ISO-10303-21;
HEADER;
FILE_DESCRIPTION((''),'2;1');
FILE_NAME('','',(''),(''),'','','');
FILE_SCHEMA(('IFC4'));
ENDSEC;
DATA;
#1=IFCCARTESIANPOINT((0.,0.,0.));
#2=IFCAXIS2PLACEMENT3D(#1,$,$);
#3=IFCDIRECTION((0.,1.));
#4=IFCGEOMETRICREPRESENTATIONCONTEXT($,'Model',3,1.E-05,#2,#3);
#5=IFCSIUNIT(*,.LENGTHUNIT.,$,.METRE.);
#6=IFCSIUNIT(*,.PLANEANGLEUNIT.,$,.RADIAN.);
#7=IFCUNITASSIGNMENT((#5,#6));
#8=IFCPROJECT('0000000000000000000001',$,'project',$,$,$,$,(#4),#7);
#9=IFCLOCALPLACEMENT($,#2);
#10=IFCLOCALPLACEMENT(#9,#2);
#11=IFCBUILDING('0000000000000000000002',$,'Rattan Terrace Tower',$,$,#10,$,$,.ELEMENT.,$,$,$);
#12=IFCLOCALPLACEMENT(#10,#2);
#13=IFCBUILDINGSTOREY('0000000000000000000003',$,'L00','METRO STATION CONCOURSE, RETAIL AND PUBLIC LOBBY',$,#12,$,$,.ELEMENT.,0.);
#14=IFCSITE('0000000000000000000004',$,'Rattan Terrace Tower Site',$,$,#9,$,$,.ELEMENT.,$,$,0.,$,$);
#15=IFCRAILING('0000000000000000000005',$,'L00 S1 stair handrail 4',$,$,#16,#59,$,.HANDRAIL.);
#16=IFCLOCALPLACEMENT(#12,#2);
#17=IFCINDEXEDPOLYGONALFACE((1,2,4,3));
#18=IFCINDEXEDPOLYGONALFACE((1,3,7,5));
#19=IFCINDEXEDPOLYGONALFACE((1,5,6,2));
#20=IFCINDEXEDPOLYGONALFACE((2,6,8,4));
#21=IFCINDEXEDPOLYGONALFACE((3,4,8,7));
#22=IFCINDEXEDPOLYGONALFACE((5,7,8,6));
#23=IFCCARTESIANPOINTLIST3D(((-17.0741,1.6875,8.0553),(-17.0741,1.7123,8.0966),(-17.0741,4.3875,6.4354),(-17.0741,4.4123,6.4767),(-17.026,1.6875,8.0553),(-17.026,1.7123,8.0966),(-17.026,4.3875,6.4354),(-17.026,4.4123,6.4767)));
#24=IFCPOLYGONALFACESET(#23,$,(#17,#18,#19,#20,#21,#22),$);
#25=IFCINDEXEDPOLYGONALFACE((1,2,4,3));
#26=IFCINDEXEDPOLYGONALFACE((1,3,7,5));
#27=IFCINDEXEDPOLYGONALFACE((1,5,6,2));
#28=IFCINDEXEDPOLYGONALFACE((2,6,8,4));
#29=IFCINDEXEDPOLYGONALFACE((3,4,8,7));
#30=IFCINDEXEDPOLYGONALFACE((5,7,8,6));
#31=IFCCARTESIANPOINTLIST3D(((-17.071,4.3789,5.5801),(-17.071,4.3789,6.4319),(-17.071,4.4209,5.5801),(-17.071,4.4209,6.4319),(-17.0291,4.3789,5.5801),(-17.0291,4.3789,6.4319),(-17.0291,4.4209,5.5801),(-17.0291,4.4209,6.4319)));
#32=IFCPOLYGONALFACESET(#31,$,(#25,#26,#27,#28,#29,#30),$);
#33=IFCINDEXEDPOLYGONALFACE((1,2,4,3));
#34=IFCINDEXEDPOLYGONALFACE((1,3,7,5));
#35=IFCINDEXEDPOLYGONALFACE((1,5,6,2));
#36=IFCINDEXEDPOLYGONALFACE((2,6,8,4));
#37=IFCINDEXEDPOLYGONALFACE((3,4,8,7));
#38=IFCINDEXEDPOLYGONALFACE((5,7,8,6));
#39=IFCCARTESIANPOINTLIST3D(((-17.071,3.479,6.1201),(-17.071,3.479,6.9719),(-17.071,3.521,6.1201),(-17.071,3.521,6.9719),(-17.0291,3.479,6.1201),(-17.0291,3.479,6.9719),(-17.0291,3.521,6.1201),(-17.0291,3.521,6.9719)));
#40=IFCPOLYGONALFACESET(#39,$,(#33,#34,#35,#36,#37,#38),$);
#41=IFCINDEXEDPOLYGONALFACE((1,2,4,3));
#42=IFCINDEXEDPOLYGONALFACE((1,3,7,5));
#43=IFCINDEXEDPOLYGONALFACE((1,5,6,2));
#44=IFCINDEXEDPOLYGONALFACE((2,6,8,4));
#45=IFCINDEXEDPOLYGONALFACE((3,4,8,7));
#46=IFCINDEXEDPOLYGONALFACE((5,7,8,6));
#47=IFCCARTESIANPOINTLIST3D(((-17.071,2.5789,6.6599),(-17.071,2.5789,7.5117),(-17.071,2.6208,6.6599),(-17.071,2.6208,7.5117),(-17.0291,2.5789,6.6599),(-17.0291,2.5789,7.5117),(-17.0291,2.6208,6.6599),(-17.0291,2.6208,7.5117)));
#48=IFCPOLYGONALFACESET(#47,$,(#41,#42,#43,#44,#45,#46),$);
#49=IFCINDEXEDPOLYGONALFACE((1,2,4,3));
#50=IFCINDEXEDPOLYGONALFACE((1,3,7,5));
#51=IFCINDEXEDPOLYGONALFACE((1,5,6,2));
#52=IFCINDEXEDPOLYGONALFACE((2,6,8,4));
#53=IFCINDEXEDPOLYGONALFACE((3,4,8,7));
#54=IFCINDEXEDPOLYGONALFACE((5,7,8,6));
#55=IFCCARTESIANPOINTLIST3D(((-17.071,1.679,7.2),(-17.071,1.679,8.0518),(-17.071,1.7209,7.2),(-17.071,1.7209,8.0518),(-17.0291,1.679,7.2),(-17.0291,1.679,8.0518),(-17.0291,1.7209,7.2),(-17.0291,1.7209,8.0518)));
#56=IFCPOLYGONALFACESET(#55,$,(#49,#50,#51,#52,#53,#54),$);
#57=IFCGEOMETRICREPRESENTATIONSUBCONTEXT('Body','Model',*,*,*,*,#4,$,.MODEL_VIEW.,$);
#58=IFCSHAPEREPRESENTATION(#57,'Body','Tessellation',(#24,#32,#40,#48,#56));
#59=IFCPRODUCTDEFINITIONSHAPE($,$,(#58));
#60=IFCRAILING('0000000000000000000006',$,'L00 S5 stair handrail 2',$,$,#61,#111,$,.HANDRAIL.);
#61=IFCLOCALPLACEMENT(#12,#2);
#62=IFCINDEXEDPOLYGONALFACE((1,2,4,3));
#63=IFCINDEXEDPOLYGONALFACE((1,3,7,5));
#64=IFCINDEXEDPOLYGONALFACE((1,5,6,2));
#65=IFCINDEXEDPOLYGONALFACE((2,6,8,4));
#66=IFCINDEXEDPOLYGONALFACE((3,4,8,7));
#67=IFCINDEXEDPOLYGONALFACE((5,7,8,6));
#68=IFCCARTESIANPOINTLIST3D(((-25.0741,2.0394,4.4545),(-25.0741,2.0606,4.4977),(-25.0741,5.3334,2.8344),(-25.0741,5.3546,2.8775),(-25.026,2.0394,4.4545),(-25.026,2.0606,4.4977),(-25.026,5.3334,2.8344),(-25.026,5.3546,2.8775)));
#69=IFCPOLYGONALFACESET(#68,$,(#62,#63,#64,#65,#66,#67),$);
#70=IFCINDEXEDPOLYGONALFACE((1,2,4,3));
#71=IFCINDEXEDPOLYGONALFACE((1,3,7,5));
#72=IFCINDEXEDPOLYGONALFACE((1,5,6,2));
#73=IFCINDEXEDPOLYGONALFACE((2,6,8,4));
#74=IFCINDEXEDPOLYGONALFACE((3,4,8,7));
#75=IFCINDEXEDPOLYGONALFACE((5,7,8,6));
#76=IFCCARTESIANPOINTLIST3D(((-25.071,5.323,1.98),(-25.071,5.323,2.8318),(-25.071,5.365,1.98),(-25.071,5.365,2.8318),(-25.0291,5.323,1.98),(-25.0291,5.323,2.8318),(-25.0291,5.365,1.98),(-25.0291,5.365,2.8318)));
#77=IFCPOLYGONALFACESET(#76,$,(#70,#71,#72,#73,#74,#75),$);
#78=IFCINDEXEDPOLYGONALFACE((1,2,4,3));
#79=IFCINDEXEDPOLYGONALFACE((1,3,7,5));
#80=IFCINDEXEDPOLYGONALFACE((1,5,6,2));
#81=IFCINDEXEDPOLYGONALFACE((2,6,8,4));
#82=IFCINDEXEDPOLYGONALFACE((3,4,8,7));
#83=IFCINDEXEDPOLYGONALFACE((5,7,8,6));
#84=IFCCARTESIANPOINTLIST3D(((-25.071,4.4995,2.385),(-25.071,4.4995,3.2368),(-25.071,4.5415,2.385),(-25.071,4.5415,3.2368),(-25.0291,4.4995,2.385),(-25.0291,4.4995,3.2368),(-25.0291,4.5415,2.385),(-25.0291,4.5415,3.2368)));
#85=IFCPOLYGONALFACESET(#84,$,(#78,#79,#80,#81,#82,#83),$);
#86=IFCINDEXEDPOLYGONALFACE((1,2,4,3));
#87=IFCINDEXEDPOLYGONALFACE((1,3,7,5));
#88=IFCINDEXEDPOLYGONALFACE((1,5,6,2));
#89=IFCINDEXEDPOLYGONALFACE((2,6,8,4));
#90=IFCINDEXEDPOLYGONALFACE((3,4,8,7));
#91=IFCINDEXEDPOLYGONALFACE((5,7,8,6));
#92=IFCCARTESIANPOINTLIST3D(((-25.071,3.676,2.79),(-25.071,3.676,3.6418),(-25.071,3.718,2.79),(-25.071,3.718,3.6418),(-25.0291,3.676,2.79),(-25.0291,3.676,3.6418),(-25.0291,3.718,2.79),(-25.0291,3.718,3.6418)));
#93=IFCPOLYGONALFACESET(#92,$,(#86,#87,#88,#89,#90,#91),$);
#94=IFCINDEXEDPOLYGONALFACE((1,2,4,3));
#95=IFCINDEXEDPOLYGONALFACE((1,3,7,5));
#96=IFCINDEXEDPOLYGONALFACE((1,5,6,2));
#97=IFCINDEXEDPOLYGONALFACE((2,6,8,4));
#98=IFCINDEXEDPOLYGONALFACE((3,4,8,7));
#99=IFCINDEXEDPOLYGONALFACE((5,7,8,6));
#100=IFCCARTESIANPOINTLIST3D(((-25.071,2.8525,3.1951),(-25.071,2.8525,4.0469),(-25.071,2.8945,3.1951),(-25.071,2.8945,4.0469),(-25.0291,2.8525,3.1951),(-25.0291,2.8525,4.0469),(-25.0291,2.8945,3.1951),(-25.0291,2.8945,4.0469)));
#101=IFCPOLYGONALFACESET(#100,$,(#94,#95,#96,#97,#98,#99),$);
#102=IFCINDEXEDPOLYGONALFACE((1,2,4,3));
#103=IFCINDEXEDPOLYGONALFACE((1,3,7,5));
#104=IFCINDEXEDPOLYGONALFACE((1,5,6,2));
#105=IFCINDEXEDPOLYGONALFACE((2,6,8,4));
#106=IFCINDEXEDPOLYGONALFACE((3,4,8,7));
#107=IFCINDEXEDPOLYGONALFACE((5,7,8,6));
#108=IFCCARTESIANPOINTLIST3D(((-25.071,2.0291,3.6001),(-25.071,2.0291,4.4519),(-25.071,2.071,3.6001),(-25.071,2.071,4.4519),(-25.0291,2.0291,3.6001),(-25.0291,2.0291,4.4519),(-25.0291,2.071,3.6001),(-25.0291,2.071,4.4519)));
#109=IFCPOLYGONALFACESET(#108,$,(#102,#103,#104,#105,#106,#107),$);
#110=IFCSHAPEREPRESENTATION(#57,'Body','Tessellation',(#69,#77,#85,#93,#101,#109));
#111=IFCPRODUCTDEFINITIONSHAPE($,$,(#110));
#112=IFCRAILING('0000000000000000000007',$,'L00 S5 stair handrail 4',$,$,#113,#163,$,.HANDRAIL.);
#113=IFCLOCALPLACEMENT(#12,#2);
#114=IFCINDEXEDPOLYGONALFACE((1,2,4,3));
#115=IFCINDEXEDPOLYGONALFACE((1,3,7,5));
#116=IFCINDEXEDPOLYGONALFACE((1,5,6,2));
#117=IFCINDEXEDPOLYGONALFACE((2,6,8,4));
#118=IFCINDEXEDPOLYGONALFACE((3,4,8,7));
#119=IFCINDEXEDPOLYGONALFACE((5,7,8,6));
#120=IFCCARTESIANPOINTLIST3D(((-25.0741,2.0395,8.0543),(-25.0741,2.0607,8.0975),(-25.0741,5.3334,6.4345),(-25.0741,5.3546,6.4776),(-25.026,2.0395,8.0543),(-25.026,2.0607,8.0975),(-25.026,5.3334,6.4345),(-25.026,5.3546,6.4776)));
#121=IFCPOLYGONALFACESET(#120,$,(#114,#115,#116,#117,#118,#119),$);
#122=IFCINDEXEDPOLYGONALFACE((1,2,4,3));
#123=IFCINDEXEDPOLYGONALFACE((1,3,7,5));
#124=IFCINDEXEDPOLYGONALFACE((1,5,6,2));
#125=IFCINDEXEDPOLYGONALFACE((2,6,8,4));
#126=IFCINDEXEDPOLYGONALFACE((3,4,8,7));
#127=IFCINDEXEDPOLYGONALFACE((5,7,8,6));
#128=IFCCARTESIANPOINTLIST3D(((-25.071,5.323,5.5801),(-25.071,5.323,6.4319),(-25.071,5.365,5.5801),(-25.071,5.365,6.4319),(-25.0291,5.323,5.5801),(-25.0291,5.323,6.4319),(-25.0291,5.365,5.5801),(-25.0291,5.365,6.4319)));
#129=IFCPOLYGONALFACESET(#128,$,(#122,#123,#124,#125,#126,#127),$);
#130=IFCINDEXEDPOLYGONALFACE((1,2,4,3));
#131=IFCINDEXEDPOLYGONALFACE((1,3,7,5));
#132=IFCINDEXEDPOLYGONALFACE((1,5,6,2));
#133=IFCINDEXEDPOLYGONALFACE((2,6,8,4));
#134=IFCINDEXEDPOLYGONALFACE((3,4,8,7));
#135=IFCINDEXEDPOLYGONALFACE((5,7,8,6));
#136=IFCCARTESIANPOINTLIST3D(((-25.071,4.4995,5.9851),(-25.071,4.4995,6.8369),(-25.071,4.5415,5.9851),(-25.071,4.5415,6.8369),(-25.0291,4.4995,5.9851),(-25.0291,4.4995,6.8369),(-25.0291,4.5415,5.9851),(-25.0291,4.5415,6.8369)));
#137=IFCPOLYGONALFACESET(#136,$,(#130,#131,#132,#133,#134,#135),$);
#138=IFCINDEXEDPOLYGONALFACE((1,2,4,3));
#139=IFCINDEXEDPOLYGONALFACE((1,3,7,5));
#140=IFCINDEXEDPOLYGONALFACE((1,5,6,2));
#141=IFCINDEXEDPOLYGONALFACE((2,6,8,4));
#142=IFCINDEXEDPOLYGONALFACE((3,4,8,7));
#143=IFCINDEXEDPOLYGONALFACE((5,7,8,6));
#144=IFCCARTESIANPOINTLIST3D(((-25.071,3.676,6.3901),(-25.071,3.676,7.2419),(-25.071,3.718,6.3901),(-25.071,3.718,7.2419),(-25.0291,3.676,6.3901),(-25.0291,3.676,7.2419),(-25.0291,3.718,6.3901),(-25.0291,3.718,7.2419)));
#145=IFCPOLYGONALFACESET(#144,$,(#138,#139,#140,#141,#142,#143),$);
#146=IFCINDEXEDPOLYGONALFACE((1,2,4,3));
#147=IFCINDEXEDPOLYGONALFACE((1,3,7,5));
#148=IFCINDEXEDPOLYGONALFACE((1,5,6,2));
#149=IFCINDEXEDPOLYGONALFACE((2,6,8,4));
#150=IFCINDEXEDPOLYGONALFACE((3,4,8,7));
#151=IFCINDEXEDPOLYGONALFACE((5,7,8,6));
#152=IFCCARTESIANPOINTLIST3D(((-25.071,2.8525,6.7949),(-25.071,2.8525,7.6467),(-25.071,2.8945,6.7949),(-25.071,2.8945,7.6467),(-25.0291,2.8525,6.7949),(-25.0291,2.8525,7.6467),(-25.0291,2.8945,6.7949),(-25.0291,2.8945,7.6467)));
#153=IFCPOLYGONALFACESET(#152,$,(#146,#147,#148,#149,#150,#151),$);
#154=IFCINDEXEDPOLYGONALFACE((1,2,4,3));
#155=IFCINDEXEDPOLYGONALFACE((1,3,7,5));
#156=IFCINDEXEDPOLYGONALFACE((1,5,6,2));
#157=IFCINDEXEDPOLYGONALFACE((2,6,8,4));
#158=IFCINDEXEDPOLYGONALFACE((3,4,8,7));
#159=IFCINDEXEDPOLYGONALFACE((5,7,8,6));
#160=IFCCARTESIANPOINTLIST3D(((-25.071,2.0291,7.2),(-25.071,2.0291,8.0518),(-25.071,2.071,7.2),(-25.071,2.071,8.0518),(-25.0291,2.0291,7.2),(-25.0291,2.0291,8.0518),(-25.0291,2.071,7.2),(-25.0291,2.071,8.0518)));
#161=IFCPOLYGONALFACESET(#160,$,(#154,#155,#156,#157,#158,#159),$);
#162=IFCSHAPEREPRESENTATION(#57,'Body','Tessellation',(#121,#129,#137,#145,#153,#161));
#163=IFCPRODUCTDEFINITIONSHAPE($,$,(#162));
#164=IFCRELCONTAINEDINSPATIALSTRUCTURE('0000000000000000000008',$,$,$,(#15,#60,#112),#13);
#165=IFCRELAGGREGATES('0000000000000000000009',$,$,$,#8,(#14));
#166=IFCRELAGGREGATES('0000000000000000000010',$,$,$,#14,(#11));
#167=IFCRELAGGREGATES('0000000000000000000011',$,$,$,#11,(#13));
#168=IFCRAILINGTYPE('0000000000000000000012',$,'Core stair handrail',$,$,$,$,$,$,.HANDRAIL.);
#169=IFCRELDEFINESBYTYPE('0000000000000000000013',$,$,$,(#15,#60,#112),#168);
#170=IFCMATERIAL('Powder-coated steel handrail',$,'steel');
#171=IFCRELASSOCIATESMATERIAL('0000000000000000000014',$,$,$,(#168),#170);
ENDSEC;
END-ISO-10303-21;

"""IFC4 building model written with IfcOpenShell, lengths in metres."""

from ifc_helpers import new_model, si_unit, direction, frame, origin, origin_2d, place, context, subcontext, project, spatial, rectangle, extrude, material, type_object, element, save


model = new_model("IFC4")

# Units and contexts
model_context = context("Model", 3, precision=1e-05, world=origin(), true_north=direction((0.0, 1.0)))
body_context = subcontext(model_context, "Body", "Model", "MODEL_VIEW")
ifc_project = project(units=[si_unit("LENGTHUNIT", "METRE"), si_unit("PLANEANGLEUNIT", "RADIAN")], contexts=[model_context])

# Site, building, storey
site_placement = place(None, origin())
site = spatial("IfcSite", under=ifc_project, at=site_placement, Name="Rattan Terrace Tower Site", CompositionType="ELEMENT", RefElevation=0.0)
building_placement = place(site_placement, origin())
building = spatial("IfcBuilding", under=site, at=building_placement, Name="Rattan Terrace Tower", CompositionType="ELEMENT")
storey_placement = place(building_placement, origin())
storey = spatial("IfcBuildingStorey", under=building, at=storey_placement, Name="L00", Description="METRO STATION CONCOURSE, RETAIL AND PUBLIC LOBBY", CompositionType="ELEMENT", Elevation=0.0)

# Railings
ifc_material_1 = material(Name="Powder-coated steel handrail", Category="steel")
railing_type_1 = type_object("IfcRailingType", Name="Core stair handrail", PredefinedType="HANDRAIL", material=ifc_material_1)
railing_1_placement = place(storey_placement, frame((-17.05, 4.3999, 5.5801)))
element("IfcRailing", 1, at=railing_1_placement, inside=storey, type_object=railing_type_1, Name="L00 S1 stair handrail 4", PredefinedType="HANDRAIL", context=body_context, shape_type="SweptSolid", body=[
    extrude(rectangle(XDim=0.0481, YDim=0.0481, at=origin_2d()), frame((0.0, 0.0, 0.876), z_axis=(0.0, -0.857507, 0.514473), x_axis=(1.0, 0.0, 0.0)), (0.0, 0.0, 1.0), 3.1487),
    extrude(rectangle(XDim=0.042, YDim=0.042, at=origin_2d()), origin(), (0.0, 0.0, 1.0), 0.8518),
    extrude(rectangle(XDim=0.042, YDim=0.042, at=origin_2d()), frame((0.0, -0.8999, 0.54)), (0.0, 0.0, 1.0), 0.8518),
    extrude(rectangle(XDim=0.042, YDim=0.042, at=origin_2d()), frame((0.0, -1.8, 1.0798)), (0.0, 0.0, 1.0), 0.8518),
    extrude(rectangle(XDim=0.042, YDim=0.042, at=origin_2d()), frame((0.0, -2.7, 1.6199)), (0.0, 0.0, 1.0), 0.8518),
])
railing_2_placement = place(storey_placement, frame((-25.05, 5.344, 1.98)))
element("IfcRailing", 2, at=railing_2_placement, inside=storey, type_object=railing_type_1, Name="L00 S5 stair handrail 2", PredefinedType="HANDRAIL", context=body_context, shape_type="SweptSolid", body=[
    extrude(rectangle(XDim=0.0481, YDim=0.0481, at=origin_2d()), frame((0.0, 0.0, 0.876), z_axis=(0.0, -0.897334, 0.441351), x_axis=(1.0, 0.0, 0.0)), (0.0, 0.0, 1.0), 3.6709),
    extrude(rectangle(XDim=0.042, YDim=0.042, at=origin_2d()), origin(), (0.0, 0.0, 1.0), 0.8518),
    extrude(rectangle(XDim=0.042, YDim=0.042, at=origin_2d()), frame((0.0, -0.8235, 0.405)), (0.0, 0.0, 1.0), 0.8518),
    extrude(rectangle(XDim=0.042, YDim=0.042, at=origin_2d()), frame((0.0, -1.647, 0.8101)), (0.0, 0.0, 1.0), 0.8518),
    extrude(rectangle(XDim=0.042, YDim=0.042, at=origin_2d()), frame((0.0, -2.4705, 1.2151)), (0.0, 0.0, 1.0), 0.8518),
    extrude(rectangle(XDim=0.042, YDim=0.042, at=origin_2d()), frame((0.0, -3.2939, 1.6201)), (0.0, 0.0, 1.0), 0.8518),
])
railing_3_placement = place(storey_placement, frame((-25.05, 5.344, 5.5801)))
element("IfcRailing", 3, at=railing_3_placement, inside=storey, type_object=railing_type_1, Name="L00 S5 stair handrail 4", PredefinedType="HANDRAIL", context=body_context, shape_type="SweptSolid", body=[
    extrude(rectangle(XDim=0.0481, YDim=0.0481, at=origin_2d()), frame((0.0, 0.0, 0.876), z_axis=(0.0, -0.897361, 0.441298), x_axis=(1.0, 0.0, 0.0)), (0.0, 0.0, 1.0), 3.6707),
    extrude(rectangle(XDim=0.042, YDim=0.042, at=origin_2d()), origin(), (0.0, 0.0, 1.0), 0.8518),
    extrude(rectangle(XDim=0.042, YDim=0.042, at=origin_2d()), frame((0.0, -0.8235, 0.405)), (0.0, 0.0, 1.0), 0.8518),
    extrude(rectangle(XDim=0.042, YDim=0.042, at=origin_2d()), frame((0.0, -1.647, 0.8101)), (0.0, 0.0, 1.0), 0.8518),
    extrude(rectangle(XDim=0.042, YDim=0.042, at=origin_2d()), frame((0.0, -2.4705, 1.2148)), (0.0, 0.0, 1.0), 0.8518),
    extrude(rectangle(XDim=0.042, YDim=0.042, at=origin_2d()), frame((0.0, -3.2939, 1.6199)), (0.0, 0.0, 1.0), 0.8518),
])

save(model, "model.ifc")
